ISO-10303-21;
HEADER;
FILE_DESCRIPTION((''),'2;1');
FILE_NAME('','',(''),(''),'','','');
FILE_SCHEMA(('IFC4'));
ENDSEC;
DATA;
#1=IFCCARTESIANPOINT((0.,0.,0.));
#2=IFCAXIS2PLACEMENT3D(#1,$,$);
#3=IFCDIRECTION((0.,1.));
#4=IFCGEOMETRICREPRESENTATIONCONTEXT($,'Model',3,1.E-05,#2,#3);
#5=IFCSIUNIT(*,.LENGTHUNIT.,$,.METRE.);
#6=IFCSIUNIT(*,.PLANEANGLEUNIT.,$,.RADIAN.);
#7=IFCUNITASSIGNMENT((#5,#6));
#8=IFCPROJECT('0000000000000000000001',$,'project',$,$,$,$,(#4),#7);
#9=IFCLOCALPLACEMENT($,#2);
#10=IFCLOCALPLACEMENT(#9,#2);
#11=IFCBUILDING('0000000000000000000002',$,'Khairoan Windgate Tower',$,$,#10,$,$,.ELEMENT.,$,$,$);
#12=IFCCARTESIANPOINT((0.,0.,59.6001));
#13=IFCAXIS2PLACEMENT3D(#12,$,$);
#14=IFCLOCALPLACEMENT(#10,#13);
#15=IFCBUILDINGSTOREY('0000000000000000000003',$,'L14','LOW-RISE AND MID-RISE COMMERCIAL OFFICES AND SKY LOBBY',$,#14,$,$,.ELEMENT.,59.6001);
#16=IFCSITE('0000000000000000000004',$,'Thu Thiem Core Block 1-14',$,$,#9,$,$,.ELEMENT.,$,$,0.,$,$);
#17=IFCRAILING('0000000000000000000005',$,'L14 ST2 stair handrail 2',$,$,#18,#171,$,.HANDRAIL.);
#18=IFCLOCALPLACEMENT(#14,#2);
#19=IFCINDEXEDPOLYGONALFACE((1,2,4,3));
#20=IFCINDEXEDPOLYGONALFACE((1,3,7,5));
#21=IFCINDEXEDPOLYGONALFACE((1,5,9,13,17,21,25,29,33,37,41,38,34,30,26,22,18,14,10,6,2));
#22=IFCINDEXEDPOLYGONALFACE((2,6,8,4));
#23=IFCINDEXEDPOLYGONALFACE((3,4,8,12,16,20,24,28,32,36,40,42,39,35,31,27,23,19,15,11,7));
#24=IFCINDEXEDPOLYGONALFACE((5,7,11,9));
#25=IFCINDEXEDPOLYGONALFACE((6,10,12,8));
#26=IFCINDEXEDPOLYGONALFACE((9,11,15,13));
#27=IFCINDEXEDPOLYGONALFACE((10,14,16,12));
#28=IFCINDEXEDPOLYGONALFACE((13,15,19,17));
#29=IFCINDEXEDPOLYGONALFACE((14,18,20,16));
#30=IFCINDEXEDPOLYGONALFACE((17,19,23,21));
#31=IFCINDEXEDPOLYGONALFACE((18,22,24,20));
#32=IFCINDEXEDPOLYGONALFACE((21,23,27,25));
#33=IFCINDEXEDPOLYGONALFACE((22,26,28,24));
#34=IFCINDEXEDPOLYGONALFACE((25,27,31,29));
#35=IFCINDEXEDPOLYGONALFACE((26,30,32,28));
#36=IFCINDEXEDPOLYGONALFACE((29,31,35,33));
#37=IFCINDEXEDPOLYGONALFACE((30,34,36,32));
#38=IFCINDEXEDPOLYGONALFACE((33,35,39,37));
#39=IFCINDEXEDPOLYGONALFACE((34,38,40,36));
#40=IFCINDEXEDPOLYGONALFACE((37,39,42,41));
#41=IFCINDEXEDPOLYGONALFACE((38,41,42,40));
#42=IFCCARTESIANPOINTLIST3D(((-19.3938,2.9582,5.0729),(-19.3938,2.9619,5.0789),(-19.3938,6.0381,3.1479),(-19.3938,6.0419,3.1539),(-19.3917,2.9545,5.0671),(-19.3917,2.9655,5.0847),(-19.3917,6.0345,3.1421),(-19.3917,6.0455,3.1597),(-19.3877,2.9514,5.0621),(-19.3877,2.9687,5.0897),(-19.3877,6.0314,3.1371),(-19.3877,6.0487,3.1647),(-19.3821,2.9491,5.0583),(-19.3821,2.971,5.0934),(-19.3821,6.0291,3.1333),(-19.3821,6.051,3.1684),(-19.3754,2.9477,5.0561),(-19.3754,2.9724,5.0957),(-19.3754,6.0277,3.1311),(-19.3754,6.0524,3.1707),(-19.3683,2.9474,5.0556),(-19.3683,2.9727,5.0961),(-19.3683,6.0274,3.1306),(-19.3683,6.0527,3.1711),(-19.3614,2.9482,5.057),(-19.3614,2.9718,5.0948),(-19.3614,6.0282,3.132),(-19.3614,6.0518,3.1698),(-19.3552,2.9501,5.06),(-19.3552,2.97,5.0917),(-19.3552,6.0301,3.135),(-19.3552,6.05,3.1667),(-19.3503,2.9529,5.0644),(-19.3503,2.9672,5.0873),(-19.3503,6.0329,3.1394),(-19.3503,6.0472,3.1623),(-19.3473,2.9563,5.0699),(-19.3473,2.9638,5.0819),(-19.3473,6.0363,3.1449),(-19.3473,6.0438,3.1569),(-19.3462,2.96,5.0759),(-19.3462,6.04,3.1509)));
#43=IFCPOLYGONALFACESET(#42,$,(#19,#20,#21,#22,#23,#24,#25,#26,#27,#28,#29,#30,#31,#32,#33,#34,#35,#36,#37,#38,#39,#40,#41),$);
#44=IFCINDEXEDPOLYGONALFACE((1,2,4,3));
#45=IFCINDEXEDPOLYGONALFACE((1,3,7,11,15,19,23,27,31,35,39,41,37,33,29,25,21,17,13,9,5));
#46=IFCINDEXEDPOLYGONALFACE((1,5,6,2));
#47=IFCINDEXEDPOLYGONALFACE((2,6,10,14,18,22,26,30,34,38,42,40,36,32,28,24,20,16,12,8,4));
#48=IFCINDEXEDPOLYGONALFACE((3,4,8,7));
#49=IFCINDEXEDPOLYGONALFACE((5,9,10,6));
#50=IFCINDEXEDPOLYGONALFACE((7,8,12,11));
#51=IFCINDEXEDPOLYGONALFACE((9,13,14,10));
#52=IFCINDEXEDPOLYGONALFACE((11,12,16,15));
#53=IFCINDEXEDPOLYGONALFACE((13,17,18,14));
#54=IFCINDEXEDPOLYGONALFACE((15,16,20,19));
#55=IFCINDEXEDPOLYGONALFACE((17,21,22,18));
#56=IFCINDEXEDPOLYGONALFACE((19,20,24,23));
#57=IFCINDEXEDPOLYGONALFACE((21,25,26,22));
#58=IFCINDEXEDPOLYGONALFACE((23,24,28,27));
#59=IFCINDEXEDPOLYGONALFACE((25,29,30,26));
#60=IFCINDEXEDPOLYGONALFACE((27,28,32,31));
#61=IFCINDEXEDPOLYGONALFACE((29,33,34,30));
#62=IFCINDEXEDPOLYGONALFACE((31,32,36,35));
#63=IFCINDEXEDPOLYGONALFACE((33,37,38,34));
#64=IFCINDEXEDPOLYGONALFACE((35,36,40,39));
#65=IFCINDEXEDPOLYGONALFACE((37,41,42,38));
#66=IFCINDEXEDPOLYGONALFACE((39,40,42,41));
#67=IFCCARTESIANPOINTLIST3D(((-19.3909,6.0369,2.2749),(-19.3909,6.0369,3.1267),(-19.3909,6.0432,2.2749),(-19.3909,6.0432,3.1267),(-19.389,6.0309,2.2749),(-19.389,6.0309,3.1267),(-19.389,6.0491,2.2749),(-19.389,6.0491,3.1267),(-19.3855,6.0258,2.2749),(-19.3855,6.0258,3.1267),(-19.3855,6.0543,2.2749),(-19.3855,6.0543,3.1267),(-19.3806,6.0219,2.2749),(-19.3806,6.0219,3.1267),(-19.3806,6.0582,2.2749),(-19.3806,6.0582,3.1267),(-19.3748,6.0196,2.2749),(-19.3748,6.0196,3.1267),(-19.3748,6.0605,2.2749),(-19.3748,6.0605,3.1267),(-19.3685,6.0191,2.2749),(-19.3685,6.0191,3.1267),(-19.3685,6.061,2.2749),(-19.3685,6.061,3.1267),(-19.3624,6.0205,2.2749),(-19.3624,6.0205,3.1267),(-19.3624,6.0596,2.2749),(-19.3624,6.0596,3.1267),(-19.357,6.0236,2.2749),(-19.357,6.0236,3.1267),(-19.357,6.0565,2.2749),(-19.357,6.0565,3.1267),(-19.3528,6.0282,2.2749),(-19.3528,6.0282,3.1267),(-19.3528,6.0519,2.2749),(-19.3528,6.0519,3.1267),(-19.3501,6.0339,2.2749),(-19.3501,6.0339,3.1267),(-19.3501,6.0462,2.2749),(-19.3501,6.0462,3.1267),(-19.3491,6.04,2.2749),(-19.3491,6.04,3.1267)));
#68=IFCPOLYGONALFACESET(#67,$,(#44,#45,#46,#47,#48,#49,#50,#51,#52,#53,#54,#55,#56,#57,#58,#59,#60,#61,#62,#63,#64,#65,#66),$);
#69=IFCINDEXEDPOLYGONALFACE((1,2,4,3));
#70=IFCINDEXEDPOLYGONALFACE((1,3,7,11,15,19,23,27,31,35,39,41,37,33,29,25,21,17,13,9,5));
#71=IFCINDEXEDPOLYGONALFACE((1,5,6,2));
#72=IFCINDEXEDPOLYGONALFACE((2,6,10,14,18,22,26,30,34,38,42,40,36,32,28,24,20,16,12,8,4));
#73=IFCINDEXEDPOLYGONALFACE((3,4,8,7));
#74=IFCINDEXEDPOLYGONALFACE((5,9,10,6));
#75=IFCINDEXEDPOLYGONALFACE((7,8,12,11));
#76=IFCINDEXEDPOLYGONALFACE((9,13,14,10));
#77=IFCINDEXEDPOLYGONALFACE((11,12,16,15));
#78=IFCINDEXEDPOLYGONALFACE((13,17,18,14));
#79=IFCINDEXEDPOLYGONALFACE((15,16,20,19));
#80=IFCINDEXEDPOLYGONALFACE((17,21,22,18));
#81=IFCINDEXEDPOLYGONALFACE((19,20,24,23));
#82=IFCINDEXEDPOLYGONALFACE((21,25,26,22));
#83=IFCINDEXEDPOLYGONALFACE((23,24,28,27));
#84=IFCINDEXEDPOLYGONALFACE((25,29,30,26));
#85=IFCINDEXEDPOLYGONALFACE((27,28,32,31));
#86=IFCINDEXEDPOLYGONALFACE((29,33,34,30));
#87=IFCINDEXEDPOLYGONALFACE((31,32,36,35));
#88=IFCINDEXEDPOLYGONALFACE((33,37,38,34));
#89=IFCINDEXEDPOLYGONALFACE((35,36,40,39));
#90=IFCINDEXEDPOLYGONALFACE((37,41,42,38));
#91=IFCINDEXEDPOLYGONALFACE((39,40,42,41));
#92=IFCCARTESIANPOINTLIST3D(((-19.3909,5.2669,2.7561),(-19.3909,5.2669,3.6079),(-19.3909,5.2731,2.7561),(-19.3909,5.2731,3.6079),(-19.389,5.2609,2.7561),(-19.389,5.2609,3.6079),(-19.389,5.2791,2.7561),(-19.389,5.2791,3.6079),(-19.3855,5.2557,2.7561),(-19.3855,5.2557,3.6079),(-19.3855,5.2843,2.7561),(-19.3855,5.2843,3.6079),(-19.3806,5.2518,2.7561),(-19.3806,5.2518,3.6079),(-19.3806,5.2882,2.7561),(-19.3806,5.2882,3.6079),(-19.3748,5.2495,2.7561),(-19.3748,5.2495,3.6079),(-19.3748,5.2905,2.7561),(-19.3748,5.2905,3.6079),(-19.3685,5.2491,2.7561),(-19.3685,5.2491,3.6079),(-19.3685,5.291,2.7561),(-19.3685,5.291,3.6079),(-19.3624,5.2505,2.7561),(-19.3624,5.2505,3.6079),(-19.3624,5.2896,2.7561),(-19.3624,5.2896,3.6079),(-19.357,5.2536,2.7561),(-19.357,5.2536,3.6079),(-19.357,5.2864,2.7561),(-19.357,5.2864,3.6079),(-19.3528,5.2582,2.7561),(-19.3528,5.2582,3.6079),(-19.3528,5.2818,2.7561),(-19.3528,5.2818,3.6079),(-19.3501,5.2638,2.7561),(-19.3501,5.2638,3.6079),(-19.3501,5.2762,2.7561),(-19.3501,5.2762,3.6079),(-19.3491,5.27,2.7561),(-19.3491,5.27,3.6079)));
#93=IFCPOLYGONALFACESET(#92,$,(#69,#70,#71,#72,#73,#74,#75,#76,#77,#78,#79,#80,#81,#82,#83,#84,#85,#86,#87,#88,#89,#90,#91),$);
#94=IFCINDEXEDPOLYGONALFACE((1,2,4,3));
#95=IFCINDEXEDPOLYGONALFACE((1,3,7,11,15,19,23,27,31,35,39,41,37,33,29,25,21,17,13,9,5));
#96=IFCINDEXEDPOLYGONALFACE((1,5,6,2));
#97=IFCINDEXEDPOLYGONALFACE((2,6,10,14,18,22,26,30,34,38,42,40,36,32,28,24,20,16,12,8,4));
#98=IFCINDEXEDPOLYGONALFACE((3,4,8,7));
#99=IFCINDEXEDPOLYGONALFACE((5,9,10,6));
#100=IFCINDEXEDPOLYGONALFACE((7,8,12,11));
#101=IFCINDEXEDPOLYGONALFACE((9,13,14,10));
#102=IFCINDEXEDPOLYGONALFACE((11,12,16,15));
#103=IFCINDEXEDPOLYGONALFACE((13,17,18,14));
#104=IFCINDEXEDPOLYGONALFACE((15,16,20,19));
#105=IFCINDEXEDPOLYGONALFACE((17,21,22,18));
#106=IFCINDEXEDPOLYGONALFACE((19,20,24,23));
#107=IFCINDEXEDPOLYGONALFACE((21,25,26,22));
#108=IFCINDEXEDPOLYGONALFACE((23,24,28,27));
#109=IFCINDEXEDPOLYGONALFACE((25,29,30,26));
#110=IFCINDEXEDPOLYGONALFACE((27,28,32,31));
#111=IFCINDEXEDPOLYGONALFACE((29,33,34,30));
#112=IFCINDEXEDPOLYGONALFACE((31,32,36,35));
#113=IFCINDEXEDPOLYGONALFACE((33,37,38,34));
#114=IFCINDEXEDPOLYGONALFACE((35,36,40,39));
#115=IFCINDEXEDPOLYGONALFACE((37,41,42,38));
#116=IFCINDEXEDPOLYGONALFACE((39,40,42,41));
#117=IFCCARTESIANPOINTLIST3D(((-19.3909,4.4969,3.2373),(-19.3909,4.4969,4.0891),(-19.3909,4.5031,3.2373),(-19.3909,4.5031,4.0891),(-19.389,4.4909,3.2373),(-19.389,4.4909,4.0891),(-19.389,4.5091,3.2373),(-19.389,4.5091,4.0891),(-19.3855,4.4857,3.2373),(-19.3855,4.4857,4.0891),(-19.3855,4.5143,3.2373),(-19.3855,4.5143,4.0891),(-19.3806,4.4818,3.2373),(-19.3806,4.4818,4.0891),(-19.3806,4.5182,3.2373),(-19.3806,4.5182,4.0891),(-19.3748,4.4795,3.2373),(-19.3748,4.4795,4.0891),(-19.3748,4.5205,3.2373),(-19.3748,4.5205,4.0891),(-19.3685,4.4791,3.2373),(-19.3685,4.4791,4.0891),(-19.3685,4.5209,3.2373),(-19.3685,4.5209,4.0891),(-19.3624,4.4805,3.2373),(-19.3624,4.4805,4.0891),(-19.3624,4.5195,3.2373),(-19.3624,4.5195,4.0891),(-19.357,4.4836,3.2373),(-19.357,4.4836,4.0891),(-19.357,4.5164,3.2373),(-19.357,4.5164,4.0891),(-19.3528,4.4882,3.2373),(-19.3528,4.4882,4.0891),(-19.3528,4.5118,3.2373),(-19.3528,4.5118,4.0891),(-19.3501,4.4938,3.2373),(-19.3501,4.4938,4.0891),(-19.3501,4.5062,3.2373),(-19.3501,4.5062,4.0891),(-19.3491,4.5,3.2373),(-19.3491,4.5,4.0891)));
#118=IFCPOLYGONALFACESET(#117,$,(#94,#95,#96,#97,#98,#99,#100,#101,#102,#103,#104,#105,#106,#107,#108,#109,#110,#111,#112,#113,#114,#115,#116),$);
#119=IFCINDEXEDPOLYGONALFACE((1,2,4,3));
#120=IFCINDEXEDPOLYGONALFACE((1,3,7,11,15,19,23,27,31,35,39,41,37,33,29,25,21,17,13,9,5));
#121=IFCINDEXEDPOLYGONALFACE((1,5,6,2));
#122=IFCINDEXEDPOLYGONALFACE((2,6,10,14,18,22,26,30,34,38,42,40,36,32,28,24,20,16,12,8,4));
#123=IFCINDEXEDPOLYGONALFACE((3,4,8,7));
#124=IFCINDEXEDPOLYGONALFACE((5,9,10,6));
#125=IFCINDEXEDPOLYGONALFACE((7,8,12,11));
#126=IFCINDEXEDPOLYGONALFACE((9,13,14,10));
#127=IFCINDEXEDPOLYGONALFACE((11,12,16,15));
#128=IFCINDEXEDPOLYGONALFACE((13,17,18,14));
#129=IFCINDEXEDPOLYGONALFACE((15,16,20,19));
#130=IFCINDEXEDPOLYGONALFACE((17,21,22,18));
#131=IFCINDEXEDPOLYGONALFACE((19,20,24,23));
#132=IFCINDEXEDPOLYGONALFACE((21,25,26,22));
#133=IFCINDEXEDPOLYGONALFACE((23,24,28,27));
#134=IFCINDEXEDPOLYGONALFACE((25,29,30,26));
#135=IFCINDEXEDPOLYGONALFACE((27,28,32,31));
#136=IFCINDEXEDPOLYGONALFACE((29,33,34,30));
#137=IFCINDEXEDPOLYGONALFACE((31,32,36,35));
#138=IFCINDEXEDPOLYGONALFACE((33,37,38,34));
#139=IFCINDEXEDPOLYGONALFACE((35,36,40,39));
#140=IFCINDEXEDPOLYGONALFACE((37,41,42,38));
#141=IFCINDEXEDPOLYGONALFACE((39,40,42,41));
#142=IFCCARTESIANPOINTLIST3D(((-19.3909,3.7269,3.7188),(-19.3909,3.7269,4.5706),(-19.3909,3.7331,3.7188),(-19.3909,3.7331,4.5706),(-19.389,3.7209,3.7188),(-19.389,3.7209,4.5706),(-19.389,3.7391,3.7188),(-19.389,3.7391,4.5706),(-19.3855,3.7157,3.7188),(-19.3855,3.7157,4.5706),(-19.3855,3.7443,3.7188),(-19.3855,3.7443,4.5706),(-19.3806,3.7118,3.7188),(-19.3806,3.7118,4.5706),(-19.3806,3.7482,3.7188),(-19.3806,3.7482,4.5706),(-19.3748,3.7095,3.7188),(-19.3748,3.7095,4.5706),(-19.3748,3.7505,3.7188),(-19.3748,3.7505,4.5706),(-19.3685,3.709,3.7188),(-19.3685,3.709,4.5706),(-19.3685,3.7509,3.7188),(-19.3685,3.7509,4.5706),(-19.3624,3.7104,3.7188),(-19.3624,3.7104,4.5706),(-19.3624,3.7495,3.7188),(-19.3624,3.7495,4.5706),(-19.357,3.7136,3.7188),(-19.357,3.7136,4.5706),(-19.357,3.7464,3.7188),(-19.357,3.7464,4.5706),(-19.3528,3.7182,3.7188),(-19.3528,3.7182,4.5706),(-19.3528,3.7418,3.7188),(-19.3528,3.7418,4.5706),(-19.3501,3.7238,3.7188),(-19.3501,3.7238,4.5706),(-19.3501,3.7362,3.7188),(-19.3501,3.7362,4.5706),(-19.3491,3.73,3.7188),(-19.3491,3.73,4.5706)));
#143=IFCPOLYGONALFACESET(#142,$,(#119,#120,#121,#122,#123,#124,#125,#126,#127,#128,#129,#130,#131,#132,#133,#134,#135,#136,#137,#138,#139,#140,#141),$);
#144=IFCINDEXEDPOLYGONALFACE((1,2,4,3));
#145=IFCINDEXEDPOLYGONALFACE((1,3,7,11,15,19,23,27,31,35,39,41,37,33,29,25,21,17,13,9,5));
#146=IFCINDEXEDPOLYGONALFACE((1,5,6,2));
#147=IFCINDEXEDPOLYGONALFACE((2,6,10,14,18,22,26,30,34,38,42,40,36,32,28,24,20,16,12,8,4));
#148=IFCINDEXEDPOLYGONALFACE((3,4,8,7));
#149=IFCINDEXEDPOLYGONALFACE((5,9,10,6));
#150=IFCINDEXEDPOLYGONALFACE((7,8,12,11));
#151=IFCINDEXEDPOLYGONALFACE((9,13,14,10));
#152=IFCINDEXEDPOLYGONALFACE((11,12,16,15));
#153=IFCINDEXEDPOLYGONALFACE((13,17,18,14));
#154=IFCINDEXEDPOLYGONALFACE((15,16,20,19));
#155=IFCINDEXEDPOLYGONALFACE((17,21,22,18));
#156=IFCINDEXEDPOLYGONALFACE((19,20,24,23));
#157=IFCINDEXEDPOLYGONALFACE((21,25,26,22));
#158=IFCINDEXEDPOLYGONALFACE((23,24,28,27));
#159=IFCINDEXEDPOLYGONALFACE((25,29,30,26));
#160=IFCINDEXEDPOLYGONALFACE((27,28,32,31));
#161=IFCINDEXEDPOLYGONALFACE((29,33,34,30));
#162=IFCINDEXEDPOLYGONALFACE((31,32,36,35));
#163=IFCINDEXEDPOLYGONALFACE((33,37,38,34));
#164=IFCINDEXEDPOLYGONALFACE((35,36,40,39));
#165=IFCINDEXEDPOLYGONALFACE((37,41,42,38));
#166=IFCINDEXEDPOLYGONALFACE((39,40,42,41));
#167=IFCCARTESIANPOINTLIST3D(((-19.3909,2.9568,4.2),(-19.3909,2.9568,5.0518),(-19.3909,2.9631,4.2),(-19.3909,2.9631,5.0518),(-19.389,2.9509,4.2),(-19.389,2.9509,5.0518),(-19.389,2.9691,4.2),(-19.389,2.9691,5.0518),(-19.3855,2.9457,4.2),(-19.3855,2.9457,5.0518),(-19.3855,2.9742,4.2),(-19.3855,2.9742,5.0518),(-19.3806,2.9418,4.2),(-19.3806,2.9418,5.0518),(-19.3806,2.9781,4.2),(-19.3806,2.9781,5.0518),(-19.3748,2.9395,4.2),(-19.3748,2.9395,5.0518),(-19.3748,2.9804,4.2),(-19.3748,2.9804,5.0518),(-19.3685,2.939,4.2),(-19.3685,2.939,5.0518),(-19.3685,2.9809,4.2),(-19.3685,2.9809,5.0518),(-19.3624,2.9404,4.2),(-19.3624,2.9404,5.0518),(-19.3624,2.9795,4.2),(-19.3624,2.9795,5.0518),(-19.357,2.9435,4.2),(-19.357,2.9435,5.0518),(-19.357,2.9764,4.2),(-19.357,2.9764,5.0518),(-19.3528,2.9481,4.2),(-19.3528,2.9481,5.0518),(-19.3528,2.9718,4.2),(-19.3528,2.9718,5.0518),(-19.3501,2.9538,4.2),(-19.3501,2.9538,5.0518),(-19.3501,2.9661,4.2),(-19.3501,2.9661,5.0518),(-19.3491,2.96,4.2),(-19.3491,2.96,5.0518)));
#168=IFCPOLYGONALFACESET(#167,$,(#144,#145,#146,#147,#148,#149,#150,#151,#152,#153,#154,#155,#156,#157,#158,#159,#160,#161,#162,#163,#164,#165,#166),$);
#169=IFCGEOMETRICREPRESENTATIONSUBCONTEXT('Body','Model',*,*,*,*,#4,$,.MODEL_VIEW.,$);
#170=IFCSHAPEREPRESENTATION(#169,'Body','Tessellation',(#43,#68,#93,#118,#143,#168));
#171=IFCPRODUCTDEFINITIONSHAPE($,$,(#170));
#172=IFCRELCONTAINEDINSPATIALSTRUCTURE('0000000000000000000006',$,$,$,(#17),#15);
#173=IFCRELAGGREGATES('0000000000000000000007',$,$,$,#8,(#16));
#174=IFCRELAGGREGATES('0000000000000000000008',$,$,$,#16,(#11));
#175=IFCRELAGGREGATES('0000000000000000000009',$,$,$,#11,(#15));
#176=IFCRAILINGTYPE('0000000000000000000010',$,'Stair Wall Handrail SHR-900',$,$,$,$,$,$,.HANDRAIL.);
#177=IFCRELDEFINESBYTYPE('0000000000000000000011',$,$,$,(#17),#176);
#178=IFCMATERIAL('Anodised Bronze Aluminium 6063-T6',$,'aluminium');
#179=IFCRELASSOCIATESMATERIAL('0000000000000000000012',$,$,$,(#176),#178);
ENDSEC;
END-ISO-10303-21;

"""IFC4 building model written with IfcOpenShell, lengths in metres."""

from ifc_helpers import new_model, si_unit, direction, frame, origin, origin_2d, place, context, subcontext, project, spatial, circle, extrude, material, type_object, element, save


model = new_model("IFC4")

# Units and contexts
model_context = context("Model", 3, precision=1e-05, world=origin(), true_north=direction((0.0, 1.0)))
body_context = subcontext(model_context, "Body", "Model", "MODEL_VIEW")
ifc_project = project(units=[si_unit("LENGTHUNIT", "METRE"), si_unit("PLANEANGLEUNIT", "RADIAN")], contexts=[model_context])

# Site, building, storey
site_placement = place(None, origin())
site = spatial("IfcSite", under=ifc_project, at=site_placement, Name="Thu Thiem Core Block 1-14", CompositionType="ELEMENT", RefElevation=0.0)
building_placement = place(site_placement, origin())
building = spatial("IfcBuilding", under=site, at=building_placement, Name="Khairoan Windgate Tower", CompositionType="ELEMENT")
storey_placement = place(building_placement, frame((0.0, 0.0, 59.6001)))
storey = spatial("IfcBuildingStorey", under=building, at=storey_placement, Name="L14", Description="LOW-RISE AND MID-RISE COMMERCIAL OFFICES AND SKY LOBBY", CompositionType="ELEMENT", Elevation=59.6001)

# Railing
ifc_material_1 = material(Name="Anodised Bronze Aluminium 6063-T6", Category="aluminium")
railing_type_1 = type_object("IfcRailingType", Name="Stair Wall Handrail SHR-900", PredefinedType="HANDRAIL", material=ifc_material_1)
railing_1_placement = place(storey_placement, frame((-19.3701, 6.04, 2.2749)))
element("IfcRailing", 1, at=railing_1_placement, inside=storey, type_object=railing_type_1, Name="L14 ST2 stair handrail 2", PredefinedType="HANDRAIL", context=body_context, shape_type="SweptSolid", body=[
    extrude(circle(Radius=0.0239, at=origin_2d()), frame((0.0, 0.0, 0.876), z_axis=(0.0, -0.847998, 0.529999), x_axis=(1.0, 0.0, 0.0)), (0.0, 0.0, 1.0), 3.6321),
    extrude(circle(Radius=0.021, at=origin_2d()), origin(), (0.0, 0.0, 1.0), 0.8518),
    extrude(circle(Radius=0.021, at=origin_2d()), frame((0.0, -0.77, 0.4812)), (0.0, 0.0, 1.0), 0.8518),
    extrude(circle(Radius=0.021, at=origin_2d()), frame((0.0, -1.54, 0.9624)), (0.0, 0.0, 1.0), 0.8518),
    extrude(circle(Radius=0.021, at=origin_2d()), frame((0.0, -2.3101, 1.4438)), (0.0, 0.0, 1.0), 0.8518),
    extrude(circle(Radius=0.021, at=origin_2d()), frame((0.0, -3.0801, 1.925)), (0.0, 0.0, 1.0), 0.8518),
])

save(model, "model.ifc")
